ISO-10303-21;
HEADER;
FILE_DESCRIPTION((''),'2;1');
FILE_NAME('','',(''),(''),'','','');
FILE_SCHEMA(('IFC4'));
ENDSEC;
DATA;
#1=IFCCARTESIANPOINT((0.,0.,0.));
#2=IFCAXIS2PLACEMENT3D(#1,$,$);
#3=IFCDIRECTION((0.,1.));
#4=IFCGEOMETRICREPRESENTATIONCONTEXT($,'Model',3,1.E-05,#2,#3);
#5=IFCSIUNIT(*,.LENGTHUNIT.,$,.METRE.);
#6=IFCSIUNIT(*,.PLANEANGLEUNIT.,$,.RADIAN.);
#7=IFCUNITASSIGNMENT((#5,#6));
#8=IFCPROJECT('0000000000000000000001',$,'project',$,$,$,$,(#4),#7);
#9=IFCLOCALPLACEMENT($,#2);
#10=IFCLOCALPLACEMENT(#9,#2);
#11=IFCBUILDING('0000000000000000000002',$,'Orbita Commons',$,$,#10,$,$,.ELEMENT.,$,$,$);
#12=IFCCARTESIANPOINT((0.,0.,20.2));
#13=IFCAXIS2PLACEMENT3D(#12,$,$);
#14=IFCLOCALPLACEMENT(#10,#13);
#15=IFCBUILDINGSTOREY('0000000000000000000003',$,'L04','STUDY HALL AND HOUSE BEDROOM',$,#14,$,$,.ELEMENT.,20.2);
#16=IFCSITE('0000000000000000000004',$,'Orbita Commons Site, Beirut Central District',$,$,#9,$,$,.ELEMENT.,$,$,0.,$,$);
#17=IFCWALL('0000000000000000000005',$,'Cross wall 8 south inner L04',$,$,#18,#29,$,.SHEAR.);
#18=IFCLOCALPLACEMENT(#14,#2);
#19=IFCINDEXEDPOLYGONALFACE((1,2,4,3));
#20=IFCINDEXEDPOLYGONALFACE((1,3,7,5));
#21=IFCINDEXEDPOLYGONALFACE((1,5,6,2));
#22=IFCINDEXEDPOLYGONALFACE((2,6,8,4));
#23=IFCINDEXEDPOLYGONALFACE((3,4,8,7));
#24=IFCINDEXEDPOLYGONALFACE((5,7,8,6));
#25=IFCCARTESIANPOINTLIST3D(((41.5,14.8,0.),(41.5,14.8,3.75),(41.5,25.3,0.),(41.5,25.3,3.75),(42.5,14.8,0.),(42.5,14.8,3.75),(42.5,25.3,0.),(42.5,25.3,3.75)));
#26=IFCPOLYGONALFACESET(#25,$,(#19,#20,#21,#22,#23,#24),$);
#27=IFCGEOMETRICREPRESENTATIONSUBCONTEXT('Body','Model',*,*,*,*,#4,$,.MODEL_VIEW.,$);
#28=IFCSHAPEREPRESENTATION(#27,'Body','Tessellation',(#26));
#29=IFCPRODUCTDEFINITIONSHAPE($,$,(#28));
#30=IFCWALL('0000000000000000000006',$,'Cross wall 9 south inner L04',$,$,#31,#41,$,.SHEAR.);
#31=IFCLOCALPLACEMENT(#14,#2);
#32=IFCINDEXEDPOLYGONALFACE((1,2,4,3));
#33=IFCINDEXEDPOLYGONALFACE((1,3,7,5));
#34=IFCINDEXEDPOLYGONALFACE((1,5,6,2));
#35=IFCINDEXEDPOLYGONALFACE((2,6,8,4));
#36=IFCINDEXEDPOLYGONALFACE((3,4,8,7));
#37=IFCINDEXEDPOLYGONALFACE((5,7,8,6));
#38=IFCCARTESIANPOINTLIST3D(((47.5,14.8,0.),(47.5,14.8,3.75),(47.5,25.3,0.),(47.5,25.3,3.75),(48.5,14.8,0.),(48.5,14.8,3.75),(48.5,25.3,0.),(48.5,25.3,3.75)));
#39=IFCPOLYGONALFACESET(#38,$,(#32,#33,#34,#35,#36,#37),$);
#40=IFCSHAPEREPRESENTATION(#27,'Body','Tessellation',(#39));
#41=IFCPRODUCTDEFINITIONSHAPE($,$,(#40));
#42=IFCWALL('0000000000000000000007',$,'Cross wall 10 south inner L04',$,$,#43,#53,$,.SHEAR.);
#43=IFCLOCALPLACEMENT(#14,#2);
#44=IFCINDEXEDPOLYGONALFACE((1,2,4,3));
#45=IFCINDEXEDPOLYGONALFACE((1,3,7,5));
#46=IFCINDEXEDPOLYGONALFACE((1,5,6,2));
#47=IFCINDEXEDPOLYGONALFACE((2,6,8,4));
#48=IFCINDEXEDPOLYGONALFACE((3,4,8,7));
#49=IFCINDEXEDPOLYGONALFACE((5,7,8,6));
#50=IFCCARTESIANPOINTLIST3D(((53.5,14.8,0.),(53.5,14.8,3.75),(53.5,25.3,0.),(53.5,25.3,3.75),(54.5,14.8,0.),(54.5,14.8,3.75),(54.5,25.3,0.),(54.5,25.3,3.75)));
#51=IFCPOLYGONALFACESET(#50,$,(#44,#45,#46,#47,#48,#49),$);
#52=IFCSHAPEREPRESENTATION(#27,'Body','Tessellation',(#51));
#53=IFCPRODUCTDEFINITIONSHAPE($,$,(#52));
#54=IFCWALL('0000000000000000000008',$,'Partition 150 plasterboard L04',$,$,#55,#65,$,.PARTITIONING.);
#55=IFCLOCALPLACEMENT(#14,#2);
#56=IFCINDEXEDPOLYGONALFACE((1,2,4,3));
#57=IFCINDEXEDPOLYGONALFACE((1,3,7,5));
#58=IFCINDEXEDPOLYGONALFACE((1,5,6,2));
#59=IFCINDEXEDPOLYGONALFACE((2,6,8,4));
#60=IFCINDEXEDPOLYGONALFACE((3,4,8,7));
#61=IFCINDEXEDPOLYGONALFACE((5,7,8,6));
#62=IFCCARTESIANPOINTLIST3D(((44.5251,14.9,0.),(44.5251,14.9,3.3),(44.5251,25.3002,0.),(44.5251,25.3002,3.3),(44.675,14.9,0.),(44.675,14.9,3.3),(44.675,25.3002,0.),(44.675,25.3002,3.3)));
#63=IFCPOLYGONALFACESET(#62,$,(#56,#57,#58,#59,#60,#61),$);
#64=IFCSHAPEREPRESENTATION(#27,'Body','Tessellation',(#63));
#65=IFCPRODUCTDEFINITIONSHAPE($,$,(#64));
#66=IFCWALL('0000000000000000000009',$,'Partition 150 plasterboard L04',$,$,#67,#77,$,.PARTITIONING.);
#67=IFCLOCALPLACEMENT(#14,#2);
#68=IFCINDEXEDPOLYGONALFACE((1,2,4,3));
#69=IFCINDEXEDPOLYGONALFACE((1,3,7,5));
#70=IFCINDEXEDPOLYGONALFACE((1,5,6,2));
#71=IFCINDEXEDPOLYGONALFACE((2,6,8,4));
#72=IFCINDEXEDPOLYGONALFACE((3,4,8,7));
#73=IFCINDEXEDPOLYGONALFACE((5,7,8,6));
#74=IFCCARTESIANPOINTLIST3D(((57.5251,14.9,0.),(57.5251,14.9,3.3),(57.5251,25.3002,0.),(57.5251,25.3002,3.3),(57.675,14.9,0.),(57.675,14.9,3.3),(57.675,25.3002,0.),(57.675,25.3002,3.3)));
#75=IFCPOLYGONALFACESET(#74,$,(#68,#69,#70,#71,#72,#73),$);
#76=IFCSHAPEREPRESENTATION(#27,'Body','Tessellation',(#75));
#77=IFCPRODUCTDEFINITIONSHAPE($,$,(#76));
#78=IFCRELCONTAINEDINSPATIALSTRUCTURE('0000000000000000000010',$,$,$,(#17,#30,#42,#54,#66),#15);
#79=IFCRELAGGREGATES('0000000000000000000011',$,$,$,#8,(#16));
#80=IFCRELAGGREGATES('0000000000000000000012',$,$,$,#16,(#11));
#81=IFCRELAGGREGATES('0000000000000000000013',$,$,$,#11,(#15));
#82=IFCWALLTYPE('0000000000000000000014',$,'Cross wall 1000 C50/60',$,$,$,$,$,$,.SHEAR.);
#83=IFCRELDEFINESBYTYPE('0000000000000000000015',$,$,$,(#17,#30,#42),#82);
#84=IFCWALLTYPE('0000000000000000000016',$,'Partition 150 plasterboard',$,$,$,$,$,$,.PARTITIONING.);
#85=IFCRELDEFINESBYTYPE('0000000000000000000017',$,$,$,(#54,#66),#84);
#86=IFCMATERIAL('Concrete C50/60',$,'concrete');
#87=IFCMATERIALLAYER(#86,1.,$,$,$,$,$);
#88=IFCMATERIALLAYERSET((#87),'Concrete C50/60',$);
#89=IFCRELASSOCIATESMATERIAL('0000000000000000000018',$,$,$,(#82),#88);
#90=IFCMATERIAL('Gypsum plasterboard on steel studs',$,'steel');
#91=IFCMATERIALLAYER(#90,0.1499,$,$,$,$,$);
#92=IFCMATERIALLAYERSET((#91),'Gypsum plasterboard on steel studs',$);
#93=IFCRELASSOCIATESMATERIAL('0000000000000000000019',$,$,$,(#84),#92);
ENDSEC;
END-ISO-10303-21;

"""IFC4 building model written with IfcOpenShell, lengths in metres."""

from ifc_helpers import new_model, si_unit, direction, frame, frame_2d, origin, place, context, subcontext, project, spatial, rectangle, extrude, material, layer, layer_set, type_object, element, save


model = new_model("IFC4")

# Units and contexts
model_context = context("Model", 3, precision=1e-05, world=origin(), true_north=direction((0.0, 1.0)))
body_context = subcontext(model_context, "Body", "Model", "MODEL_VIEW")
ifc_project = project(units=[si_unit("LENGTHUNIT", "METRE"), si_unit("PLANEANGLEUNIT", "RADIAN")], contexts=[model_context])

# Site, building, storey
site_placement = place(None, origin())
site = spatial("IfcSite", under=ifc_project, at=site_placement, Name="Orbita Commons Site, Beirut Central District", CompositionType="ELEMENT", RefElevation=0.0)
building_placement = place(site_placement, origin())
building = spatial("IfcBuilding", under=site, at=building_placement, Name="Orbita Commons", CompositionType="ELEMENT")
storey_placement = place(building_placement, frame((0.0, 0.0, 20.2)))
storey = spatial("IfcBuildingStorey", under=building, at=storey_placement, Name="L04", Description="STUDY HALL AND HOUSE BEDROOM", CompositionType="ELEMENT", Elevation=20.2)

# Walls
ifc_material_1 = material(Name="Concrete C50/60", Category="concrete")
ifc_layer_1 = layer(ifc_material_1, 1.0)
ifc_layer_set_1 = layer_set([ifc_layer_1], Name="Concrete C50/60")
wall_type_1 = type_object("IfcWallType", Name="Cross wall 1000 C50/60", PredefinedType="SHEAR", material=ifc_layer_set_1)
for number, where, z_axis, x_axis, name in (
    (1, (42.0, 14.8, 0.0), (0.0, 0.0, 1.0), (0.0, 1.0, 0.0), "Cross wall 8 south inner L04"),
    (2, (48.0, 14.8, 0.0), (0.0, 0.0, 1.0), (0.0, 1.0, 0.0), "Cross wall 9 south inner L04"),
    (3, (54.0, 14.8, 0.0), (0.0, 0.0, 1.0), (0.0, 1.0, 0.0), "Cross wall 10 south inner L04"),
):
    element("IfcWall", number, at=place(storey_placement, frame(where, z_axis=z_axis, x_axis=x_axis)), inside=storey, type_object=wall_type_1, Name=name, PredefinedType="SHEAR", context=body_context, shape_type="SweptSolid", body=[
        extrude(rectangle(XDim=10.5, YDim=1.0, at=frame_2d((5.25, 0.0))), origin(), (0.0, 0.0, 1.0), 3.75),
    ])
ifc_material_2 = material(Name="Gypsum plasterboard on steel studs", Category="steel")
ifc_layer_2 = layer(ifc_material_2, 0.1499)
ifc_layer_set_2 = layer_set([ifc_layer_2], Name="Gypsum plasterboard on steel studs")
wall_type_2 = type_object("IfcWallType", Name="Partition 150 plasterboard", PredefinedType="PARTITIONING", material=ifc_layer_set_2)
for number, where, z_axis, x_axis, name in (
    (4, (44.6001, 14.8999, 0.0), (0.0, 0.0, 1.0), (0.0, 1.0, 0.0), "Partition 150 plasterboard L04"),
    (5, (57.6001, 14.8999, 0.0), (0.0, 0.0, 1.0), (0.0, 1.0, 0.0), "Partition 150 plasterboard L04"),
):
    element("IfcWall", number, at=place(storey_placement, frame(where, z_axis=z_axis, x_axis=x_axis)), inside=storey, type_object=wall_type_2, Name=name, PredefinedType="PARTITIONING", context=body_context, shape_type="SweptSolid", body=[
        extrude(rectangle(XDim=10.4001, YDim=0.1499, at=frame_2d((5.2002, 0.0))), origin(), (0.0, 0.0, 1.0), 3.3),
    ])

save(model, "model.ifc")
